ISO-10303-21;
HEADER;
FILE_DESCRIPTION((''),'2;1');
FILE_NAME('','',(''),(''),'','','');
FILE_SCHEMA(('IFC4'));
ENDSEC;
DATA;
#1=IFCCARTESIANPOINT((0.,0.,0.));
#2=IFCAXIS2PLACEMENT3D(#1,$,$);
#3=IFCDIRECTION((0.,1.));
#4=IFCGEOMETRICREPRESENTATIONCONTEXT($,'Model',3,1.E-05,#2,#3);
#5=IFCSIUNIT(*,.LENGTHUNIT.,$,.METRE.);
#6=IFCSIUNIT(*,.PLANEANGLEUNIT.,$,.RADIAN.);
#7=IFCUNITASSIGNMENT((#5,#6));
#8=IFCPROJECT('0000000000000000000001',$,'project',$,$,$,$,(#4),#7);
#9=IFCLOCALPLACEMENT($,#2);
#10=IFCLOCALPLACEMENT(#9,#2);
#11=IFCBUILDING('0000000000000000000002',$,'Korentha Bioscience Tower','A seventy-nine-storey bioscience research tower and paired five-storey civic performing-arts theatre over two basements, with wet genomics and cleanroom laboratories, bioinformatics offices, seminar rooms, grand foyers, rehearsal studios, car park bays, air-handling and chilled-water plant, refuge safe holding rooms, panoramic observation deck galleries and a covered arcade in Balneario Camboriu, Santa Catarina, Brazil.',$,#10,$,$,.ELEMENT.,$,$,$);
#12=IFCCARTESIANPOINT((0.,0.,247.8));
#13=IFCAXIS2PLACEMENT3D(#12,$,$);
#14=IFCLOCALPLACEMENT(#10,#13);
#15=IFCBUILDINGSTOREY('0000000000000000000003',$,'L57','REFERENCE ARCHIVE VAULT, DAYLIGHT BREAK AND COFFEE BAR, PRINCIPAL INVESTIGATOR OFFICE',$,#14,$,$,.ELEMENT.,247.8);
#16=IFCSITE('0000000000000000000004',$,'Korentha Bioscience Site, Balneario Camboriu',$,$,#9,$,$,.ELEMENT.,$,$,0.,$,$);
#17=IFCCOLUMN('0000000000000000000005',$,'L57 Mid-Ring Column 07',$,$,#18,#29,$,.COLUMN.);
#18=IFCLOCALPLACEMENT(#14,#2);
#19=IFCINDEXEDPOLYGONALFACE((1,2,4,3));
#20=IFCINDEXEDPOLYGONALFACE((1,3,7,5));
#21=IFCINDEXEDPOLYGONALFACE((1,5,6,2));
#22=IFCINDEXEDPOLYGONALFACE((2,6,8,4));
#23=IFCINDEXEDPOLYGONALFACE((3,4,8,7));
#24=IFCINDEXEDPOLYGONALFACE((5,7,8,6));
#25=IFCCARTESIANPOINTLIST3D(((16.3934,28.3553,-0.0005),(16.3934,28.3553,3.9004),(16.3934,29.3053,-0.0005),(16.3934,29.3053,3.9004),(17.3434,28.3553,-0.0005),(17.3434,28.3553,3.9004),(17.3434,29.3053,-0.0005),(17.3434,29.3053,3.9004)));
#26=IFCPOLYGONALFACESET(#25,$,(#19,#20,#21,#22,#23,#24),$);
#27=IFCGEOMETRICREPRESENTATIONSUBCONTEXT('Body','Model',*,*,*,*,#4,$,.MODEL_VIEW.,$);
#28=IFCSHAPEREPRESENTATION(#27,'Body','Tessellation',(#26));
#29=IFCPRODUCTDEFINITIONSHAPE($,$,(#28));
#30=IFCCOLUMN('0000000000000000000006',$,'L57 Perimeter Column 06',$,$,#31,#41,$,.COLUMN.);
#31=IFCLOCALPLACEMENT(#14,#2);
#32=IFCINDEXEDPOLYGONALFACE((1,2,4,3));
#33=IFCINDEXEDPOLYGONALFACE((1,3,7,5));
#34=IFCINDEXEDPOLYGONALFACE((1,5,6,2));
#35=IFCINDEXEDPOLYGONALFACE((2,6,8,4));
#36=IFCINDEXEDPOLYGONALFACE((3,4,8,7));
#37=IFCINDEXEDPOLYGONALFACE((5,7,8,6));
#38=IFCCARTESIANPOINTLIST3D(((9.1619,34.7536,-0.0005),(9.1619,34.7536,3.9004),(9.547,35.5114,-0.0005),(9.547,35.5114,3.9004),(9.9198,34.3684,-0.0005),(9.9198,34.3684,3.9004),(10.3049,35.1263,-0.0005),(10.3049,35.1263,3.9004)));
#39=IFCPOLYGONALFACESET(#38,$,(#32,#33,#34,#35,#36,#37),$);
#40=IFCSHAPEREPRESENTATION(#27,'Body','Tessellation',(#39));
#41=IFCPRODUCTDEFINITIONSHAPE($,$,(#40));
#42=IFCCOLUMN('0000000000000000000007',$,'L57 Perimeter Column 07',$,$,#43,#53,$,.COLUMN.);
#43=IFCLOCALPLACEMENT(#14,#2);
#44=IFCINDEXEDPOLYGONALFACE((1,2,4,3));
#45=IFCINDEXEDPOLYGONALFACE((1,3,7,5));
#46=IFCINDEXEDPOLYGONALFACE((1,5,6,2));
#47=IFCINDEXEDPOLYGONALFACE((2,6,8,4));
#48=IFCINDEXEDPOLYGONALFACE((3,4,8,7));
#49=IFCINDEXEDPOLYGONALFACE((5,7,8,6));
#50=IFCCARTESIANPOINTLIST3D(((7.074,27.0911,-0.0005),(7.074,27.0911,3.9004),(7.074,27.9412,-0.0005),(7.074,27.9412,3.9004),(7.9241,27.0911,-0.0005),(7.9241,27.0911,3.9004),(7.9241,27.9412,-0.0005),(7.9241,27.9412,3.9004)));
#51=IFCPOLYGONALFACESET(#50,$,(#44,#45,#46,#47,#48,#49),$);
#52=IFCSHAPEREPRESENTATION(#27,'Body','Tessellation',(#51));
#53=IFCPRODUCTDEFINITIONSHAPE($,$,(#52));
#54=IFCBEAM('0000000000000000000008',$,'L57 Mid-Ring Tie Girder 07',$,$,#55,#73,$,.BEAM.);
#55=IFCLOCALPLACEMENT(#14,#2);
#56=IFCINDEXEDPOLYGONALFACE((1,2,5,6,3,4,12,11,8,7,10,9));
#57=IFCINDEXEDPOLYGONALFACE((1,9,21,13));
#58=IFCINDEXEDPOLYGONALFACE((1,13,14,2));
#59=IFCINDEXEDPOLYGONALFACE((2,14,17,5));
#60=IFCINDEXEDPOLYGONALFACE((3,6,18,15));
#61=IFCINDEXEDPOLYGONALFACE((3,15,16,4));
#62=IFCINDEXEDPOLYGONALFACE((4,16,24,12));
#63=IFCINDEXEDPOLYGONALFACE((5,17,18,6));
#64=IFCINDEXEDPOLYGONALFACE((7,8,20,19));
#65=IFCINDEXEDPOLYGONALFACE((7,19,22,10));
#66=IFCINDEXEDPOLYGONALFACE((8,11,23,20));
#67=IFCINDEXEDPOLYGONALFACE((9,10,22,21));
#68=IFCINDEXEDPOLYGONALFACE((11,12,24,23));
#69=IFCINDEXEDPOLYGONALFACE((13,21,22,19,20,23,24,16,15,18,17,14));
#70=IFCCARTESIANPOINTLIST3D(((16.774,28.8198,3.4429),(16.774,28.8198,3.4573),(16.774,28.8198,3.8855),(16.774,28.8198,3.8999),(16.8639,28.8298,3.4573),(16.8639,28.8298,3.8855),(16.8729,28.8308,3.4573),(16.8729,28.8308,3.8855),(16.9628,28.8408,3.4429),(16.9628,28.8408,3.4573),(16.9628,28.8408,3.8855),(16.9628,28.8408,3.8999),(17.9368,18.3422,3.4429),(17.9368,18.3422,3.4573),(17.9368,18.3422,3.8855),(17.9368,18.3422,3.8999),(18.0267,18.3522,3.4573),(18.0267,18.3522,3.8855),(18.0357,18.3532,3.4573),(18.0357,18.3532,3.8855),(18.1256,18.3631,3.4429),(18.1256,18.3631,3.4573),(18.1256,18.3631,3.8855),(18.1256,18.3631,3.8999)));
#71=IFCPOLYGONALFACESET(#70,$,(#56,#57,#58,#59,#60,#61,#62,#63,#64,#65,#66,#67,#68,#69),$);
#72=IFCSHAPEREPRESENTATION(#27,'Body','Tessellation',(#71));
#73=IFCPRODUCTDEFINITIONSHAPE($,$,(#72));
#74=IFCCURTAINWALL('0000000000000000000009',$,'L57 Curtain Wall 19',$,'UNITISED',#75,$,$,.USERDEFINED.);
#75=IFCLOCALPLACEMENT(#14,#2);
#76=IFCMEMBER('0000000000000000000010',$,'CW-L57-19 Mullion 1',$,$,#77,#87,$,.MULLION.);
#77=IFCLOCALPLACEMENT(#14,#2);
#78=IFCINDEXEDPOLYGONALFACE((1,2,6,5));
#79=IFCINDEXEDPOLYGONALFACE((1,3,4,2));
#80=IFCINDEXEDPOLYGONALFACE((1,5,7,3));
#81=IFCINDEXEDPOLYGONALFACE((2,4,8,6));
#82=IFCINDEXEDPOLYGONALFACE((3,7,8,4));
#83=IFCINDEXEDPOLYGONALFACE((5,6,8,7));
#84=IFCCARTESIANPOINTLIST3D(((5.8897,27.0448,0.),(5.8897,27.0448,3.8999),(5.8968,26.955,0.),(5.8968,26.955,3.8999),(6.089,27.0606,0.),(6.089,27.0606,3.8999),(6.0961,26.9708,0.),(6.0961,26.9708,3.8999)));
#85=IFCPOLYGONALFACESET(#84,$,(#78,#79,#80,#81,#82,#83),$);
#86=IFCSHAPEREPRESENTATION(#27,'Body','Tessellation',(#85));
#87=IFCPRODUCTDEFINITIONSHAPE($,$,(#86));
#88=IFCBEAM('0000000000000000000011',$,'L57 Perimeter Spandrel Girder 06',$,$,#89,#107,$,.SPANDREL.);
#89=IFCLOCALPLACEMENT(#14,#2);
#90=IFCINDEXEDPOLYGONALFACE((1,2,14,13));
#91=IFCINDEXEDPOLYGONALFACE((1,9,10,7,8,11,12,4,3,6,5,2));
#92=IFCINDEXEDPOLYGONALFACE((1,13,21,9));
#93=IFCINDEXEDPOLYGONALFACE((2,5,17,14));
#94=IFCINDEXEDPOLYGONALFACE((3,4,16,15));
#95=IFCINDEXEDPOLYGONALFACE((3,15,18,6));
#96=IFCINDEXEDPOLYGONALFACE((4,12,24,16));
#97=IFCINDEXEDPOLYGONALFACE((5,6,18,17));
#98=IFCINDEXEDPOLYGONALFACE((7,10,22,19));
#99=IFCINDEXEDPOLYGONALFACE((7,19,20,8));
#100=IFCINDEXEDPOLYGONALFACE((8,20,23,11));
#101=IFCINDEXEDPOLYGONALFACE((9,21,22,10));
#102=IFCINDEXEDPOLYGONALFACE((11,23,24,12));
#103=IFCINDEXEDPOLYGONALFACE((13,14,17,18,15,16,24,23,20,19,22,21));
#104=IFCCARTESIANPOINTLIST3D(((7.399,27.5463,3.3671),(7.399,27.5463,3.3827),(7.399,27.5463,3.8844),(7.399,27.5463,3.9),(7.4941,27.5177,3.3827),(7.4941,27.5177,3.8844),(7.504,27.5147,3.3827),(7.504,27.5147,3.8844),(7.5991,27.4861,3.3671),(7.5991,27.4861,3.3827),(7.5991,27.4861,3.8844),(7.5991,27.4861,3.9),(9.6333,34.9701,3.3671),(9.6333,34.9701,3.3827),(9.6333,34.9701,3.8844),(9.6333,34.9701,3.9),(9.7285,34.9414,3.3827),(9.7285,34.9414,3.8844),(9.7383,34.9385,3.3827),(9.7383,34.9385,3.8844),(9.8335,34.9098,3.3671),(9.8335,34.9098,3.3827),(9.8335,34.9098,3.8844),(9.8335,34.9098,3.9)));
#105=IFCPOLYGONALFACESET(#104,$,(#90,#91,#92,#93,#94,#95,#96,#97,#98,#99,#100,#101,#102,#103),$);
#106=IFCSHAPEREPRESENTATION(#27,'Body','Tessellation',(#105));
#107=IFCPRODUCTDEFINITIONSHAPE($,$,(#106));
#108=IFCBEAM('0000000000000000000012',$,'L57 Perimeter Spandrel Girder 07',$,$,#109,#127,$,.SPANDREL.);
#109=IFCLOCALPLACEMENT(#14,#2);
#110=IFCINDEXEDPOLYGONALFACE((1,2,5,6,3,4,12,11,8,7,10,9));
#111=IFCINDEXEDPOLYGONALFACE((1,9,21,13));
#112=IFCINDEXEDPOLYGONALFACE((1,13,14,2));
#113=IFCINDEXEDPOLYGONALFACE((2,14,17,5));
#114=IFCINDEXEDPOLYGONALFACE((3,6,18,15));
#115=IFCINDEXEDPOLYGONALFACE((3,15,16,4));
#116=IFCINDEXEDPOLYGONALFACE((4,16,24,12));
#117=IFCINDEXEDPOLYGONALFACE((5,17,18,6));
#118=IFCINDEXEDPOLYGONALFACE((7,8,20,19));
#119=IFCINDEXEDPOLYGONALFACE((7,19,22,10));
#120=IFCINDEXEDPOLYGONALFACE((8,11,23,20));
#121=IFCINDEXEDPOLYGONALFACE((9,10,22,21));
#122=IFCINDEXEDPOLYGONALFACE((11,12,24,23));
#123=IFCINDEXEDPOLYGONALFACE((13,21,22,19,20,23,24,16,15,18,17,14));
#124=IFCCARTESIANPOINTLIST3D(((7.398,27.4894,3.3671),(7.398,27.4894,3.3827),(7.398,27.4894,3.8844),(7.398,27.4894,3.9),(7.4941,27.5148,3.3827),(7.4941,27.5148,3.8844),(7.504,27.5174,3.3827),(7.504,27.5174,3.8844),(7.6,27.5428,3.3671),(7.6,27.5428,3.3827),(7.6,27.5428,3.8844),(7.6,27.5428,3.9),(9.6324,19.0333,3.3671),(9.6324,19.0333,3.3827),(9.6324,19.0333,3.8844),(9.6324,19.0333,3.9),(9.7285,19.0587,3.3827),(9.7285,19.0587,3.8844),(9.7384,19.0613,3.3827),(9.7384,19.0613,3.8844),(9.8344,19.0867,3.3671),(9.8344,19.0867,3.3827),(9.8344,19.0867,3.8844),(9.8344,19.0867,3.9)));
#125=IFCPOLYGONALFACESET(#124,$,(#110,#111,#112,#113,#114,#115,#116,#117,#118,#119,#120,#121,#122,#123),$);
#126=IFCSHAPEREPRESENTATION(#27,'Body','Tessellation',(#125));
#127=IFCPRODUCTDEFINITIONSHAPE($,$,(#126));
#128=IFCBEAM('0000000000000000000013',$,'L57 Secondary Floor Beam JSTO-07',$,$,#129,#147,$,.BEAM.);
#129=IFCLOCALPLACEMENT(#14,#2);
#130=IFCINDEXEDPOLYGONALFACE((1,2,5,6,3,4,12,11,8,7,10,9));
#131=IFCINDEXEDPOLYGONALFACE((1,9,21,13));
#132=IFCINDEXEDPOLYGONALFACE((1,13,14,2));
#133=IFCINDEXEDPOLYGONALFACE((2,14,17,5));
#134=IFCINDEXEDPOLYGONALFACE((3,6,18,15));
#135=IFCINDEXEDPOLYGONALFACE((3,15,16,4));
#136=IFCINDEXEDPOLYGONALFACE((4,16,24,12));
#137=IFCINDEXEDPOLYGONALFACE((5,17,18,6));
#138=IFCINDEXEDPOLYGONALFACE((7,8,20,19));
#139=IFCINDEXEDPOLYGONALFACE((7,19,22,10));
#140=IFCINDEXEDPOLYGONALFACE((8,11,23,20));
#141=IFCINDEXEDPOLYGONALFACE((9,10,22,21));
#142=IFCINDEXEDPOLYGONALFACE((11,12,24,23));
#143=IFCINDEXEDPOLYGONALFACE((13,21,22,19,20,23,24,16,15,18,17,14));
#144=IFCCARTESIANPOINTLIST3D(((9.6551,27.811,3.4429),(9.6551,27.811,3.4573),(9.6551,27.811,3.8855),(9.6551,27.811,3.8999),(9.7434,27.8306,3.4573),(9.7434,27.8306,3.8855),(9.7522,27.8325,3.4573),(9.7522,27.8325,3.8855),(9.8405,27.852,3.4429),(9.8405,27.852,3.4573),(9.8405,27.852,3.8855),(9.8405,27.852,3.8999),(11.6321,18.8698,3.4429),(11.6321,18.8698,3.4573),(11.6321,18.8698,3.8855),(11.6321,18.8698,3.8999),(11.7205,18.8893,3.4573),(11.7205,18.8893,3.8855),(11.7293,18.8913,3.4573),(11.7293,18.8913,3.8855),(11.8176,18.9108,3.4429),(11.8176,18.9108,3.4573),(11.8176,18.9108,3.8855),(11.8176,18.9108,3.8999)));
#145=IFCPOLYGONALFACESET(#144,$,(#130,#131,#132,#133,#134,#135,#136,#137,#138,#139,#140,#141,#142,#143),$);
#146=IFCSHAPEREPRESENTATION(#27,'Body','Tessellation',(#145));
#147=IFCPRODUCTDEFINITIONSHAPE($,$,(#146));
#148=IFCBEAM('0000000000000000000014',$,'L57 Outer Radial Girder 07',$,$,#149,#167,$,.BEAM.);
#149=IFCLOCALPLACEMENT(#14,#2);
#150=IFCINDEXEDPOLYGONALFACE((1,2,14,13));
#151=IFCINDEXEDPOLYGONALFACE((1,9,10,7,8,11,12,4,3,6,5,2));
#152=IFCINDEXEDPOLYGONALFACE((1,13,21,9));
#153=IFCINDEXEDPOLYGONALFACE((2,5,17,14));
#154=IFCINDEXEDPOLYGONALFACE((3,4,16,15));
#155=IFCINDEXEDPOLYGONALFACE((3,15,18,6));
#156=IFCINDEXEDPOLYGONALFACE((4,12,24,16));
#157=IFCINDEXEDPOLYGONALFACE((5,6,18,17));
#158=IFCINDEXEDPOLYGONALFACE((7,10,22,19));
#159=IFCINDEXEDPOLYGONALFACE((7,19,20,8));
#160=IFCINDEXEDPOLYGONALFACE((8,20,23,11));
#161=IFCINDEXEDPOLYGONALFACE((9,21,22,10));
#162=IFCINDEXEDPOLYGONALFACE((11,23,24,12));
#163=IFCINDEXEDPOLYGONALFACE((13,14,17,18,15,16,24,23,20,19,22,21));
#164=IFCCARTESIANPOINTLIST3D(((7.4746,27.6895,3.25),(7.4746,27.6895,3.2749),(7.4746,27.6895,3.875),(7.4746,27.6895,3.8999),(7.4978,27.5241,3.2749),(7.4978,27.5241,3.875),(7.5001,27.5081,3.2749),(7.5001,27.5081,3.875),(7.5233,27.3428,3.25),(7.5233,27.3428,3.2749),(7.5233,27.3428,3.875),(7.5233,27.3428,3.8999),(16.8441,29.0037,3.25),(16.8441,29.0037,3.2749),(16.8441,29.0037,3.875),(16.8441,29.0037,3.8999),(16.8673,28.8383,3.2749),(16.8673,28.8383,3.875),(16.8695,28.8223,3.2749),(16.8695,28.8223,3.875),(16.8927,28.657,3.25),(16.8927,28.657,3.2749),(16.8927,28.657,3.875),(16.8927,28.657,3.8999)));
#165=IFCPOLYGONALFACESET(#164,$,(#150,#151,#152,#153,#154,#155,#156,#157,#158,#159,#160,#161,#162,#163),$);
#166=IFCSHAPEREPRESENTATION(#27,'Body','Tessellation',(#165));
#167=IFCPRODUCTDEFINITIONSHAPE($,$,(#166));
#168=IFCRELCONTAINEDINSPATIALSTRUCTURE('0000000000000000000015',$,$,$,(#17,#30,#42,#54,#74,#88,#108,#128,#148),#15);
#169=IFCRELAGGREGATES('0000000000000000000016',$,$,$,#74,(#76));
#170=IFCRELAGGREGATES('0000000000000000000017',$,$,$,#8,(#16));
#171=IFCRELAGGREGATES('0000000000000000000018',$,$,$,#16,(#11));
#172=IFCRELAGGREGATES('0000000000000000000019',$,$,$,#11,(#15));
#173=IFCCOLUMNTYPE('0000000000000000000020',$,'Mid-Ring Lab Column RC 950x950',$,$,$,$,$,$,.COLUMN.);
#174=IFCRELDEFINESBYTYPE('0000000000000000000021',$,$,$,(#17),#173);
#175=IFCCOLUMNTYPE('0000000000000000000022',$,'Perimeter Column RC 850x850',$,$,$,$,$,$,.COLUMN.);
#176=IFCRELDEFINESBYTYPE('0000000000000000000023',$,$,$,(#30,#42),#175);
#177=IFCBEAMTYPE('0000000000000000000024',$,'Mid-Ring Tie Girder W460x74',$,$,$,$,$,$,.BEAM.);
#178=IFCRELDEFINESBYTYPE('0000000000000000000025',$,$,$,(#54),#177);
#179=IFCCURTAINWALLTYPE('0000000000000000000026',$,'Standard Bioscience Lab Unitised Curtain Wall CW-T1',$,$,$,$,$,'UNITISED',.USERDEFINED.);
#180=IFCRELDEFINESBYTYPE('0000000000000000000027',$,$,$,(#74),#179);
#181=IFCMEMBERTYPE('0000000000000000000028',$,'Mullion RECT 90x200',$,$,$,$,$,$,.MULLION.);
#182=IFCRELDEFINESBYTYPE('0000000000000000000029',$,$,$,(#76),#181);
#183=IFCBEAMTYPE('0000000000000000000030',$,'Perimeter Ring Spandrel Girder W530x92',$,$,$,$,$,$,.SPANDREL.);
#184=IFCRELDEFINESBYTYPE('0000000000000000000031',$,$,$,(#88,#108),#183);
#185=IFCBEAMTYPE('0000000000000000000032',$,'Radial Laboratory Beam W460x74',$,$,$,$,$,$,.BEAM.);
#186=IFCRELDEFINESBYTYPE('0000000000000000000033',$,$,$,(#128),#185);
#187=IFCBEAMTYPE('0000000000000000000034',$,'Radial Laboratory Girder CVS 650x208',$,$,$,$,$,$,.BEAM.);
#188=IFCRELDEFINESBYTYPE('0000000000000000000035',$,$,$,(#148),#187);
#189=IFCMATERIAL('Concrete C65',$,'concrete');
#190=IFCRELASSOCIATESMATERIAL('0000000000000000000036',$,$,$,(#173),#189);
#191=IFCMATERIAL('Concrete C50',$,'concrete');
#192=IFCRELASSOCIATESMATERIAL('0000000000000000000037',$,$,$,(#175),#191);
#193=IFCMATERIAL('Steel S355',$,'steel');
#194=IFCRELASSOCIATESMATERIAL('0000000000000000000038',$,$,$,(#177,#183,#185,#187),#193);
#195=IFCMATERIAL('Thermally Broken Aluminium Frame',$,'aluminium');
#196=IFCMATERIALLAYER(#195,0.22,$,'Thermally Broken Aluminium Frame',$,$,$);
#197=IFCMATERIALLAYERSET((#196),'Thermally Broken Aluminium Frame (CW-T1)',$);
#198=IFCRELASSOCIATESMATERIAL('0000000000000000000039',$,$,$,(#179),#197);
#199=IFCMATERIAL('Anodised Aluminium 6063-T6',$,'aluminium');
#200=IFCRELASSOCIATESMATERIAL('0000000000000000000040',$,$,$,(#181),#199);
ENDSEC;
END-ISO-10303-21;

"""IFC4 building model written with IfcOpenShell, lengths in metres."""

from ifc_helpers import new_model, si_unit, direction, frame, origin, origin_2d, place, context, subcontext, project, spatial, rectangle, i_section, extrude, material, layer, layer_set, material_profile, profile_set, type_object, element, aggregate, save


model = new_model("IFC4")

# Units and contexts
model_context = context("Model", 3, precision=1e-05, world=origin(), true_north=direction((0.0, 1.0)))
body_context = subcontext(model_context, "Body", "Model", "MODEL_VIEW")
ifc_project = project(units=[si_unit("LENGTHUNIT", "METRE"), si_unit("PLANEANGLEUNIT", "RADIAN")], contexts=[model_context])

# Site, building, storey
site_placement = place(None, origin())
site = spatial("IfcSite", under=ifc_project, at=site_placement, Name="Korentha Bioscience Site, Balneario Camboriu", CompositionType="ELEMENT", RefElevation=0.0)
building_placement = place(site_placement, origin())
building = spatial("IfcBuilding", under=site, at=building_placement, Name="Korentha Bioscience Tower", Description="A seventy-nine-storey bioscience research tower and paired five-storey civic performing-arts theatre over two basements, with wet genomics and cleanroom laboratories, bioinformatics offices, seminar rooms, grand foyers, rehearsal studios, car park bays, air-handling and chilled-water plant, refuge safe holding rooms, panoramic observation deck galleries and a covered arcade in Balneario Camboriu, Santa Catarina, Brazil.", CompositionType="ELEMENT")
storey_placement = place(building_placement, frame((0.0, 0.0, 247.8)))
storey = spatial("IfcBuildingStorey", under=building, at=storey_placement, Name="L57", Description="REFERENCE ARCHIVE VAULT, DAYLIGHT BREAK AND COFFEE BAR, PRINCIPAL INVESTIGATOR OFFICE", CompositionType="ELEMENT", Elevation=247.8)

# Columns
ifc_material_1 = material(Name="Concrete C65", Category="concrete")
ifc_material_profile_1 = material_profile(ifc_material_1, rectangle(XDim=0.95, YDim=0.95, at=origin_2d()), Name="Concrete C65")
ifc_profile_set_1 = profile_set([ifc_material_profile_1], Name="Concrete C65 (COL-MR09)")
column_type_1 = type_object("IfcColumnType", Name="Mid-Ring Lab Column RC 950x950", PredefinedType="COLUMN", material=ifc_profile_set_1)
column_placement = place(storey_placement, frame((16.8684, 28.8303, -0.0005), z_axis=(0.0, 0.0, 1.0), x_axis=(1.0, 0.0, 0.0)))
element("IfcColumn", 1, at=column_placement, inside=storey, type_object=column_type_1, Name="L57 Mid-Ring Column 07", PredefinedType="COLUMN", context=body_context, shape_type="SweptSolid", body=[
    extrude(rectangle(XDim=0.95, YDim=0.95, at=origin_2d()), origin(), (0.0, 0.0, 1.0), 3.9009),
])
ifc_material_2 = material(Name="Concrete C50", Category="concrete")
ifc_material_profile_2 = material_profile(ifc_material_2, rectangle(XDim=0.8501, YDim=0.8501, at=origin_2d()), Name="Concrete C50")
ifc_profile_set_2 = profile_set([ifc_material_profile_2], Name="Concrete C50 (COL-P08)")
column_type_2 = type_object("IfcColumnType", Name="Perimeter Column RC 850x850", PredefinedType="COLUMN", material=ifc_profile_set_2)
for number, where, z_axis, x_axis, name in (
    (2, (9.7334, 34.9399, -0.0005), (0.0, 0.0, 1.0), (0.453057, 0.891481, 0.0), "L57 Perimeter Column 06"),
    (3, (7.499, 27.5161, -0.0005), (0.0, 0.0, 1.0), (0.0, 1.0, 0.0), "L57 Perimeter Column 07"),
):
    element("IfcColumn", number, at=place(storey_placement, frame(where, z_axis=z_axis, x_axis=x_axis)), inside=storey, type_object=column_type_2, Name=name, PredefinedType="COLUMN", context=body_context, shape_type="SweptSolid", body=[
        extrude(rectangle(XDim=0.8501, YDim=0.8501, at=origin_2d()), origin(), (0.0, 0.0, 1.0), 3.9009),
    ])

# Beam
ifc_material_3 = material(Name="Steel S355", Category="steel")
ifc_material_profile_3 = material_profile(ifc_material_3, i_section(OverallWidth=0.1899, OverallDepth=0.457, WebThickness=0.009, FlangeThickness=0.0144, at=origin_2d()), Name="Steel S355")
ifc_profile_set_3 = profile_set([ifc_material_profile_3], Name="Steel S355 (MB-460)")
beam_type_1 = type_object("IfcBeamType", Name="Mid-Ring Tie Girder W460x74", PredefinedType="BEAM", material=ifc_profile_set_3)
beam_1_placement = place(storey_placement, frame((16.8684, 28.8303, 3.6714), z_axis=(0.110304, -0.993898, 0.0), x_axis=(0.993898, 0.110304, 0.0)))
element("IfcBeam", 4, at=beam_1_placement, inside=storey, type_object=beam_type_1, Name="L57 Mid-Ring Tie Girder 07", PredefinedType="BEAM", context=body_context, shape_type="SweptSolid", body=[
    extrude(i_section(OverallWidth=0.1899, OverallDepth=0.457, WebThickness=0.009, FlangeThickness=0.0144, at=origin_2d()), origin(), (0.0, 0.0, 1.0), 10.542),
])

# Curtain wall, member
ifc_material_4 = material(Name="Thermally Broken Aluminium Frame", Category="aluminium")
ifc_layer_1 = layer(ifc_material_4, 0.22, Name="Thermally Broken Aluminium Frame")
ifc_layer_set_1 = layer_set([ifc_layer_1], Name="Thermally Broken Aluminium Frame (CW-T1)")
curtain_wall_type = type_object("IfcCurtainWallType", Name="Standard Bioscience Lab Unitised Curtain Wall CW-T1", ElementType="UNITISED", PredefinedType="USERDEFINED", material=ifc_layer_set_1)
curtain_wall_placement = place(storey_placement, origin())
curtain_wall = element("IfcCurtainWall", 5, at=curtain_wall_placement, inside=storey, type_object=curtain_wall_type, Name="L57 Curtain Wall 19", ObjectType="UNITISED", PredefinedType="USERDEFINED")
ifc_material_5 = material(Name="Anodised Aluminium 6063-T6", Category="aluminium")
ifc_material_profile_4 = material_profile(ifc_material_5, rectangle(XDim=0.0901, YDim=0.2, at=origin_2d()), Name="Anodised Aluminium 6063-T6")
ifc_profile_set_4 = profile_set([ifc_material_profile_4], Name="Anodised Aluminium 6063-T6 (CW-MUL)")
member_type_1 = type_object("IfcMemberType", Name="Mullion RECT 90x200", PredefinedType="MULLION", material=ifc_profile_set_4)
member_1_placement = place(storey_placement, frame((5.9929, 27.0078, 0.0), z_axis=(0.0, 0.0, 1.0), x_axis=(0.079117, -0.996865, 0.0)))
member_1 = element("IfcMember", 6, at=member_1_placement, type_object=member_type_1, Name="CW-L57-19 Mullion 1", PredefinedType="MULLION", context=body_context, shape_type="SweptSolid", body=[
    extrude(rectangle(XDim=0.0901, YDim=0.2, at=origin_2d()), origin(), (0.0, 0.0, 1.0), 3.8999),
])

# Beams
ifc_material_profile_5 = material_profile(ifc_material_3, i_section(OverallWidth=0.209, OverallDepth=0.533, WebThickness=0.0103, FlangeThickness=0.0156, at=origin_2d()), Name="Steel S355")
ifc_profile_set_5 = profile_set([ifc_material_profile_5], Name="Steel S355 (SB-530)")
beam_type_2 = type_object("IfcBeamType", Name="Perimeter Ring Spandrel Girder W530x92", PredefinedType="SPANDREL", material=ifc_profile_set_5)
beam_2_placement = place(storey_placement, frame((9.7334, 34.9399, 3.6335), z_axis=(-0.288203, -0.957569, 0.0), x_axis=(0.957569, -0.288203, 0.0)))
element("IfcBeam", 7, at=beam_2_placement, inside=storey, type_object=beam_type_2, Name="L57 Perimeter Spandrel Girder 06", PredefinedType="SPANDREL", context=body_context, shape_type="SweptSolid", body=[
    extrude(i_section(OverallWidth=0.209, OverallDepth=0.533, WebThickness=0.0103, FlangeThickness=0.0156, at=origin_2d()), origin(), (0.0, 0.0, 1.0), 7.7527),
])
beam_3_placement = place(storey_placement, frame((7.499, 27.5161, 3.6335), z_axis=(0.255466, -0.966818, 0.0), x_axis=(0.966818, 0.255466, 0.0)))
element("IfcBeam", 8, at=beam_3_placement, inside=storey, type_object=beam_type_2, Name="L57 Perimeter Spandrel Girder 07", PredefinedType="SPANDREL", context=body_context, shape_type="SweptSolid", body=[
    extrude(i_section(OverallWidth=0.209, OverallDepth=0.533, WebThickness=0.0103, FlangeThickness=0.0156, at=origin_2d()), origin(), (0.0, 0.0, 1.0), 8.7463),
])
ifc_material_profile_6 = material_profile(ifc_material_3, i_section(OverallWidth=0.1899, OverallDepth=0.457, WebThickness=0.009, FlangeThickness=0.0144, at=origin_2d()), Name="Steel S355")
ifc_profile_set_6 = profile_set([ifc_material_profile_6], Name="Steel S355 (RB-460)")
beam_type_3 = type_object("IfcBeamType", Name="Radial Laboratory Beam W460x74", PredefinedType="BEAM", material=ifc_profile_set_6)
beam_4_placement = place(storey_placement, frame((9.7478, 27.8315, 3.6714), z_axis=(0.215903, -0.976415, 0.0), x_axis=(0.976415, 0.215903, 0.0)))
element("IfcBeam", 9, at=beam_4_placement, inside=storey, type_object=beam_type_3, Name="L57 Secondary Floor Beam JSTO-07", PredefinedType="BEAM", context=body_context, shape_type="SweptSolid", body=[
    extrude(i_section(OverallWidth=0.1899, OverallDepth=0.457, WebThickness=0.009, FlangeThickness=0.0144, at=origin_2d()), origin(), (0.0, 0.0, 1.0), 9.1572),
])
ifc_material_profile_7 = material_profile(ifc_material_3, i_section(OverallWidth=0.3501, OverallDepth=0.6499, WebThickness=0.0161, FlangeThickness=0.0249, at=origin_2d()), Name="Steel S355")
ifc_profile_set_7 = profile_set([ifc_material_profile_7], Name="Steel S355 (RB-650)")
beam_type_4 = type_object("IfcBeamType", Name="Radial Laboratory Girder CVS 650x208", PredefinedType="BEAM", material=ifc_profile_set_7)
beam_5_placement = place(storey_placement, frame((16.8684, 28.8303, 3.575), z_axis=(-0.990306, -0.138906, 0.0), x_axis=(0.138906, -0.990306, 0.0)))
element("IfcBeam", 10, at=beam_5_placement, inside=storey, type_object=beam_type_4, Name="L57 Outer Radial Girder 07", PredefinedType="BEAM", context=body_context, shape_type="SweptSolid", body=[
    extrude(i_section(OverallWidth=0.3501, OverallDepth=0.6499, WebThickness=0.0161, FlangeThickness=0.0249, at=origin_2d()), origin(), (0.0, 0.0, 1.0), 9.4612),
])

aggregate(curtain_wall, [member_1])

save(model, "model.ifc")
